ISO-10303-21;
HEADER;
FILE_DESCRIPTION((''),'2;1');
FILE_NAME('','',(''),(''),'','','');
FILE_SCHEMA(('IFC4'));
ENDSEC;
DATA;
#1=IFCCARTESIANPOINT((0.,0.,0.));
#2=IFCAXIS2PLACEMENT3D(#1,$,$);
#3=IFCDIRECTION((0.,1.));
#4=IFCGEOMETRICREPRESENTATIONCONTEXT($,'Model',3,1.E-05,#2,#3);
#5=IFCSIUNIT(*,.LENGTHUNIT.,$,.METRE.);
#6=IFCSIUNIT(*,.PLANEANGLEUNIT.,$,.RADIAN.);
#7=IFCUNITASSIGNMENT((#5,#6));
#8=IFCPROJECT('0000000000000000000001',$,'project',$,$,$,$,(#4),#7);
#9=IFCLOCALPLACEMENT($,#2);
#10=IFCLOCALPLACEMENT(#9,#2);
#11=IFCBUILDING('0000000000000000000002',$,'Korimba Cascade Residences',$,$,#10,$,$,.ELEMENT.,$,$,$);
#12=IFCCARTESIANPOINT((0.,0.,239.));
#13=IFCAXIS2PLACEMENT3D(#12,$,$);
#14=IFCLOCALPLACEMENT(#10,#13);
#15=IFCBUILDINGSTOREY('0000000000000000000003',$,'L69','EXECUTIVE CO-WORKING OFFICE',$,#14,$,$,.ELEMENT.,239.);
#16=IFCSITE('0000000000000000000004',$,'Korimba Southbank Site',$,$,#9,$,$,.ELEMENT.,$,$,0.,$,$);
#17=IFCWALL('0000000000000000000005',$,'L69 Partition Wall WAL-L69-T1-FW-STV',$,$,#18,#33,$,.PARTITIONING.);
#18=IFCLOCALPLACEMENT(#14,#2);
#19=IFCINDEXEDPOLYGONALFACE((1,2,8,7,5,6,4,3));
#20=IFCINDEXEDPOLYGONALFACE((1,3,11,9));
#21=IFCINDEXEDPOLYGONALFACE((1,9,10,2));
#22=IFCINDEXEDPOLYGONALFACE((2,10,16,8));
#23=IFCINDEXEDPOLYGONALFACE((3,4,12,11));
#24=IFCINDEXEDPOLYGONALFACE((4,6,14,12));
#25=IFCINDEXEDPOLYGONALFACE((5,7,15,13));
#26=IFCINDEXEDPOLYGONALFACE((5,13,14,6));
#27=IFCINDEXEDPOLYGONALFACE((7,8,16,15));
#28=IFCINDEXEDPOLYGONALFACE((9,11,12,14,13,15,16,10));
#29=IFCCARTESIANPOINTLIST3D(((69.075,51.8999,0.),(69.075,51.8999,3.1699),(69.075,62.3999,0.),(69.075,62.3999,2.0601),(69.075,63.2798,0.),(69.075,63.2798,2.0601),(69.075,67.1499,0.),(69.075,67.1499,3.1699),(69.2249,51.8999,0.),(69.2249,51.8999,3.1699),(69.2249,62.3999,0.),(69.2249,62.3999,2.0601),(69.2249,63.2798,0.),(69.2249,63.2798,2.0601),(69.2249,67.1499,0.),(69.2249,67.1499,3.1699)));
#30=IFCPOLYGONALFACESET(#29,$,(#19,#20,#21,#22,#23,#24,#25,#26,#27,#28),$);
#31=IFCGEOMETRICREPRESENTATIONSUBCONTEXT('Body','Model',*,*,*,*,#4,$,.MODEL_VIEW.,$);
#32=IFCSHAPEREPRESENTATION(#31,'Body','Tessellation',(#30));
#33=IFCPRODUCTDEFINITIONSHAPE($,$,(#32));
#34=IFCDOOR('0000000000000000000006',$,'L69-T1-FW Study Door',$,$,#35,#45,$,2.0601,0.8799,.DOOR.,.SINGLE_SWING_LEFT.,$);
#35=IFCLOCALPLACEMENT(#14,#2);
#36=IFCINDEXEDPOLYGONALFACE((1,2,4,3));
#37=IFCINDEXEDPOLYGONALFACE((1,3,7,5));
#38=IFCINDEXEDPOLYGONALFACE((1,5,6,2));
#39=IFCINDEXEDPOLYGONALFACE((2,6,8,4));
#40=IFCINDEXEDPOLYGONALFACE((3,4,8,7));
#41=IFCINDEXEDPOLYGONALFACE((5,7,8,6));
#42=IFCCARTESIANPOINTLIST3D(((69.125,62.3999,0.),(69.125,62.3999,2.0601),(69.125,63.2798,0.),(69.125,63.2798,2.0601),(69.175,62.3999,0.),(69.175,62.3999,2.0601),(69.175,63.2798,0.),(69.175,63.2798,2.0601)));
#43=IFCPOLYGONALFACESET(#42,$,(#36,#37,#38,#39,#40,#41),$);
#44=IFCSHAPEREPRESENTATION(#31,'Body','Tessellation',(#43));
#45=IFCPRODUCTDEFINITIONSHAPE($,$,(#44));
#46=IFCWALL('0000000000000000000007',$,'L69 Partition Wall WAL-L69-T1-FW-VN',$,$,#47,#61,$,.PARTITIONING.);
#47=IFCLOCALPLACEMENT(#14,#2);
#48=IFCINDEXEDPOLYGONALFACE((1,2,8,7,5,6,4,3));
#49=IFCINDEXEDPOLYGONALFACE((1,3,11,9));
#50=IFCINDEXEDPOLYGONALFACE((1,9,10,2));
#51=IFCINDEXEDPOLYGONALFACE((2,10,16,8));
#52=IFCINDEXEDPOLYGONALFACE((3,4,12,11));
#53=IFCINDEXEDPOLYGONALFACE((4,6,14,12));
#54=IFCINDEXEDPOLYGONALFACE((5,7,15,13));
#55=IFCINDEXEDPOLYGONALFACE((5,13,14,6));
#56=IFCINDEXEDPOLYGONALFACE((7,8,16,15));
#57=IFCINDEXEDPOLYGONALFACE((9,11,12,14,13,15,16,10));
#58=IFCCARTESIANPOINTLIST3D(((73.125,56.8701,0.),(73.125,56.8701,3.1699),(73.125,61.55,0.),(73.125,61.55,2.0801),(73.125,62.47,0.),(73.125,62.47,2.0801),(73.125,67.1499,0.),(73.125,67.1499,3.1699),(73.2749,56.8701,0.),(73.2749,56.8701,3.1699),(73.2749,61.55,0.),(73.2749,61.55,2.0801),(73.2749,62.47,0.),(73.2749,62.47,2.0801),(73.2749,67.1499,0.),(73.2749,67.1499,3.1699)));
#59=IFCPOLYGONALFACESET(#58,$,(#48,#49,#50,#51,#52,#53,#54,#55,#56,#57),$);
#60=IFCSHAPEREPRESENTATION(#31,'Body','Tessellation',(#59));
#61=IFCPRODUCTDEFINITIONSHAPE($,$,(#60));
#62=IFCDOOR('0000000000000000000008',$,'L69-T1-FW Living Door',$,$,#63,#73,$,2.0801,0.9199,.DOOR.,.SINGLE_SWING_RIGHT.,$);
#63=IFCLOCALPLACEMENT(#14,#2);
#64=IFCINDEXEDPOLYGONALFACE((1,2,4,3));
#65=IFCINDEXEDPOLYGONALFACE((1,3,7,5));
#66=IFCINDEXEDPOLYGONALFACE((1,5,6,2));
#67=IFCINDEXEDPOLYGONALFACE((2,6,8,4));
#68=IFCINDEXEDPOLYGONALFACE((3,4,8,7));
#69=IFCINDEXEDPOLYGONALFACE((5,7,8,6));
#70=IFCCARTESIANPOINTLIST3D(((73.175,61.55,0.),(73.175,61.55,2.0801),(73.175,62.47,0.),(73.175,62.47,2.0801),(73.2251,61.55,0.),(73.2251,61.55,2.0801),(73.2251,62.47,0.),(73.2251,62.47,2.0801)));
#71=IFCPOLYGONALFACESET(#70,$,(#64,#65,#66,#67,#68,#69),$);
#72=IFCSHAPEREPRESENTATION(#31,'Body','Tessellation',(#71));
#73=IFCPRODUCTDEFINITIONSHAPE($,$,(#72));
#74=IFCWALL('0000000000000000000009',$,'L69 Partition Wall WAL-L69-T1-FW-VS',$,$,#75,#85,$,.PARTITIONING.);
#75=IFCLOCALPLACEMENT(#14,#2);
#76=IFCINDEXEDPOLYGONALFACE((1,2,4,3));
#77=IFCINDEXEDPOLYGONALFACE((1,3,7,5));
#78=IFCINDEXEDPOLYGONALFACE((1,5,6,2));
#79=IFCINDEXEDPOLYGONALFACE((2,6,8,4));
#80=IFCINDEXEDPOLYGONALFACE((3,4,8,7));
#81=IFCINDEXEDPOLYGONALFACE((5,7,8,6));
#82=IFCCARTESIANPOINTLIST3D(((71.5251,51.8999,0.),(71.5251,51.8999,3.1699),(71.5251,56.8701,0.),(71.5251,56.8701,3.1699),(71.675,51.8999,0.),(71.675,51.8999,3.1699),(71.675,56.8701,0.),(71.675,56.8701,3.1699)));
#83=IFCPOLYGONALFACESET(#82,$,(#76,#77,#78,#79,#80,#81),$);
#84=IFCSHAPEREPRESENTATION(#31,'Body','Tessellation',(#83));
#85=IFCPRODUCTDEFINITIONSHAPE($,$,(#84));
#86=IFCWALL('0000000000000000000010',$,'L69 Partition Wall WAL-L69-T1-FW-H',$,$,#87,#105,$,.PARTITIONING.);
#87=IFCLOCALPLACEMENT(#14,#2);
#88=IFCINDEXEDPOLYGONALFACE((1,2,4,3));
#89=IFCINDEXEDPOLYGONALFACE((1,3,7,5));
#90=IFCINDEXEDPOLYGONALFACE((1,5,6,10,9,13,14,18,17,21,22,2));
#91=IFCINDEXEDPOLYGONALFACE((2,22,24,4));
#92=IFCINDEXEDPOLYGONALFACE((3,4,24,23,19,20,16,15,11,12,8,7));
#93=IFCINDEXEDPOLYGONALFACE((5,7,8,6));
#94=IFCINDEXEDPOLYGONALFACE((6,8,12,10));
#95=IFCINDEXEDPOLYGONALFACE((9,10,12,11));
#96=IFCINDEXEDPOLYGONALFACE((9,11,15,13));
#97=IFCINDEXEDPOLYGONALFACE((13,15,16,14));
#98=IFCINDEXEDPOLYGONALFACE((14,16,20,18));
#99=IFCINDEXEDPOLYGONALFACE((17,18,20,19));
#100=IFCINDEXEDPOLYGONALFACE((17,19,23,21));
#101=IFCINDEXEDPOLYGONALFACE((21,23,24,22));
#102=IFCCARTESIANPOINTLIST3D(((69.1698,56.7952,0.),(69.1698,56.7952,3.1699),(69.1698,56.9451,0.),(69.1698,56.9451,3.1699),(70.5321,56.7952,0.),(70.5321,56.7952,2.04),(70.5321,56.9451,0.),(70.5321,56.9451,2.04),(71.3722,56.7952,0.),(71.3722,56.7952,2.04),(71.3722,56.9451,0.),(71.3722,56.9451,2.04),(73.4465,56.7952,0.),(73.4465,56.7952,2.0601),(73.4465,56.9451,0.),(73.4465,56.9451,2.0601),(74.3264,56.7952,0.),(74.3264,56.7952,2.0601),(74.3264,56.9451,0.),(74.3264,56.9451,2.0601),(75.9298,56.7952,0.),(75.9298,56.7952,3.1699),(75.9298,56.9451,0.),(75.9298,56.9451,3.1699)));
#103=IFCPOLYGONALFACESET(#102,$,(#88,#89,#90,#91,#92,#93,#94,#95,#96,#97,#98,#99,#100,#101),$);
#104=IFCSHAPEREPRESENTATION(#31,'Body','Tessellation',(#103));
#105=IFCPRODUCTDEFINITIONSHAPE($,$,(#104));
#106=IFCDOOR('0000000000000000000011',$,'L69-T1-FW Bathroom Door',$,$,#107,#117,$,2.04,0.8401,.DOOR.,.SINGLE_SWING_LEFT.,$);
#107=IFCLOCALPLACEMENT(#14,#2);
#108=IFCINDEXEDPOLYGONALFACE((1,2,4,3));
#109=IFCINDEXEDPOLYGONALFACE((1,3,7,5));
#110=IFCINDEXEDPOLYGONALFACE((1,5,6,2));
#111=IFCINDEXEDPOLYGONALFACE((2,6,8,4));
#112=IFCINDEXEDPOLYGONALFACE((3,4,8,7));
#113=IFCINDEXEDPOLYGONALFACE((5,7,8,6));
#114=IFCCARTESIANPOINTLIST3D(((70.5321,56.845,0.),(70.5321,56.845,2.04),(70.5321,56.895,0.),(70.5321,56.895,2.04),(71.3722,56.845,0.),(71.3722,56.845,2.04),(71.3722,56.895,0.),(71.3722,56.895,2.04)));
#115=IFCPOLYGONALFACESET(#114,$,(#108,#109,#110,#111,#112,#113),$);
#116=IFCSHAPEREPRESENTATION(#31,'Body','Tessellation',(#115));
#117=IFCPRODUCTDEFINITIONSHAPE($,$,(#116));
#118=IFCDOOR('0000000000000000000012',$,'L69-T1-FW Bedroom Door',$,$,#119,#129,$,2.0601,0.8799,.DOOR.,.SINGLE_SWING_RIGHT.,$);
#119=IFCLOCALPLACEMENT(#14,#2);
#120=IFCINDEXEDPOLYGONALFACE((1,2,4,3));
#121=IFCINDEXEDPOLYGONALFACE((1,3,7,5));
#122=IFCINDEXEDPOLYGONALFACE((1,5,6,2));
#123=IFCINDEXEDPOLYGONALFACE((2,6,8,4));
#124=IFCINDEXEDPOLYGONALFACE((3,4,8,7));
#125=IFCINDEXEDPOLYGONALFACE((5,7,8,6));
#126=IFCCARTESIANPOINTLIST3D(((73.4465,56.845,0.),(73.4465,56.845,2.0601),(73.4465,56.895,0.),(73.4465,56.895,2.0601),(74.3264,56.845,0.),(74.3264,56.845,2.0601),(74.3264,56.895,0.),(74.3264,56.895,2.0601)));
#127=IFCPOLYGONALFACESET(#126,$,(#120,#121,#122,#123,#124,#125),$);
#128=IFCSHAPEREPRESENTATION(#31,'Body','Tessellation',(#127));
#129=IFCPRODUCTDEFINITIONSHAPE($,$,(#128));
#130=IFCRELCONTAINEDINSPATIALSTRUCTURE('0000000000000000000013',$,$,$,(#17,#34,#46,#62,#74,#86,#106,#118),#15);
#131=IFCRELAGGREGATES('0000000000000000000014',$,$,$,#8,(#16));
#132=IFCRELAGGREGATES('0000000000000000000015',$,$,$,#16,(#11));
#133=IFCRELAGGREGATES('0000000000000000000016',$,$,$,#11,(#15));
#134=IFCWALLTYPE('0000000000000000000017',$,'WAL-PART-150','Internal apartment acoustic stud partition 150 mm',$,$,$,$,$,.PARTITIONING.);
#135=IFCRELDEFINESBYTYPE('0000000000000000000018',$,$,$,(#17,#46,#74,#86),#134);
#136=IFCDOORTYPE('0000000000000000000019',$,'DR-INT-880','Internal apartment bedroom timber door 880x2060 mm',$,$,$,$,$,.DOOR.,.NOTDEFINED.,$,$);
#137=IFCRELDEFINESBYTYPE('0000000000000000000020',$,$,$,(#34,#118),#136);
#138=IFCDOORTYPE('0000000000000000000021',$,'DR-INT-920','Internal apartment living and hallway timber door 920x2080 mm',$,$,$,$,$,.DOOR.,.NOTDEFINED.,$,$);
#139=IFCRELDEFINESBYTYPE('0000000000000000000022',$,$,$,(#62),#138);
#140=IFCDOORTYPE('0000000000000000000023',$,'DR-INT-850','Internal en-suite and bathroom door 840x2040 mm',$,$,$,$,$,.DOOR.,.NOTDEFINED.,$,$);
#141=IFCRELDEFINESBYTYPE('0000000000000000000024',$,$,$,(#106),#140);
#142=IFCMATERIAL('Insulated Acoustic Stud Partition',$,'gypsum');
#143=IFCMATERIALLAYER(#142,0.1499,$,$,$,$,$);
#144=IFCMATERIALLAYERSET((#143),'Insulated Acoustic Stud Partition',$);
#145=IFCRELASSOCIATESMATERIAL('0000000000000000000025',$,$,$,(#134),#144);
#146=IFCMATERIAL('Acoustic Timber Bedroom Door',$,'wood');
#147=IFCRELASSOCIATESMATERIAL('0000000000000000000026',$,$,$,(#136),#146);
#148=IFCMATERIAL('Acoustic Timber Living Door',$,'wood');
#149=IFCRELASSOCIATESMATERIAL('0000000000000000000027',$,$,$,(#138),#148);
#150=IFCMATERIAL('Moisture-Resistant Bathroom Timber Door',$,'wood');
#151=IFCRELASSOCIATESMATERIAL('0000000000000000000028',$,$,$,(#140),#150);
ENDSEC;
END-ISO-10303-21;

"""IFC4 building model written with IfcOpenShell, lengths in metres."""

from ifc_helpers import new_model, si_unit, direction, frame, frame_2d, origin, place, context, subcontext, project, spatial, rectangle, extrude, material, layer, layer_set, type_object, element, fill, save


model = new_model("IFC4")

# Units and contexts
model_context = context("Model", 3, precision=1e-05, world=origin(), true_north=direction((0.0, 1.0)))
body_context = subcontext(model_context, "Body", "Model", "MODEL_VIEW")
ifc_project = project(units=[si_unit("LENGTHUNIT", "METRE"), si_unit("PLANEANGLEUNIT", "RADIAN")], contexts=[model_context])

# Site, building, storey
site_placement = place(None, origin())
site = spatial("IfcSite", under=ifc_project, at=site_placement, Name="Korimba Southbank Site", CompositionType="ELEMENT", RefElevation=0.0)
building_placement = place(site_placement, origin())
building = spatial("IfcBuilding", under=site, at=building_placement, Name="Korimba Cascade Residences", CompositionType="ELEMENT")
storey_placement = place(building_placement, frame((0.0, 0.0, 239.0)))
storey = spatial("IfcBuildingStorey", under=building, at=storey_placement, Name="L69", Description="EXECUTIVE CO-WORKING OFFICE", CompositionType="ELEMENT", Elevation=239.0)

# Walls, openings, doors
ifc_material_1 = material(Name="Insulated Acoustic Stud Partition", Category="gypsum")
ifc_layer_1 = layer(ifc_material_1, 0.1499)
ifc_layer_set_1 = layer_set([ifc_layer_1], Name="Insulated Acoustic Stud Partition")
wall_type_1 = type_object("IfcWallType", Name="WAL-PART-150", Description="Internal apartment acoustic stud partition 150 mm", PredefinedType="PARTITIONING", material=ifc_layer_set_1)
wall_1_placement = place(storey_placement, frame((69.1499, 51.8999, 0.0), z_axis=(0.0, 0.0, 1.0), x_axis=(0.0, 1.0, 0.0)))
wall_1 = element("IfcWall", 1, at=wall_1_placement, inside=storey, type_object=wall_type_1, Name="L69 Partition Wall WAL-L69-T1-FW-STV", PredefinedType="PARTITIONING", context=body_context, shape_type="SweptSolid", body=[
    extrude(rectangle(XDim=15.25, YDim=0.1499, at=frame_2d((7.625, 0.0))), origin(), (0.0, 0.0, 1.0), 3.1699),
])
opening_1_placement = place(wall_1_placement, frame((10.5, 0.0, 0.0)))
opening_1 = element("IfcOpeningElement", 2, at=opening_1_placement, cuts=wall_1, PredefinedType="OPENING", context=body_context, shape_type="SweptSolid", body=[
    extrude(rectangle(XDim=0.8799, YDim=2.0601, at=frame_2d((0.4399, 1.03))), frame((0.0, 0.085, 0.0), z_axis=(0.0, -1.0, 0.0), x_axis=(1.0, 0.0, 0.0)), (0.0, 0.0, 1.0), 0.1699),
])
ifc_material_2 = material(Name="Acoustic Timber Bedroom Door", Category="wood")
door_type_1 = type_object("IfcDoorType", Name="DR-INT-880", Description="Internal apartment bedroom timber door 880x2060 mm", OperationType="NOTDEFINED", PredefinedType="DOOR", material=ifc_material_2)
door_1_placement = place(opening_1_placement, origin())
door_1 = element("IfcDoor", 3, at=door_1_placement, inside=storey, type_object=door_type_1, Name="L69-T1-FW Study Door", OperationType="SINGLE_SWING_LEFT", OverallHeight=2.0601, OverallWidth=0.8799, PredefinedType="DOOR", context=body_context, shape_type="SweptSolid", body=[
    extrude(rectangle(XDim=0.8799, YDim=2.0601, at=frame_2d((0.4399, 1.03))), frame((0.0, 0.0249, 0.0), z_axis=(0.0, -1.0, 0.0), x_axis=(1.0, 0.0, 0.0)), (0.0, 0.0, 1.0), 0.05),
])
fill(opening_1, door_1)
wall_2_placement = place(storey_placement, frame((73.2, 56.8701, 0.0), z_axis=(0.0, 0.0, 1.0), x_axis=(0.0, 1.0, 0.0)))
wall_2 = element("IfcWall", 4, at=wall_2_placement, inside=storey, type_object=wall_type_1, Name="L69 Partition Wall WAL-L69-T1-FW-VN", PredefinedType="PARTITIONING", context=body_context, shape_type="SweptSolid", body=[
    extrude(rectangle(XDim=10.2798, YDim=0.1499, at=frame_2d((5.1399, 0.0))), origin(), (0.0, 0.0, 1.0), 3.1699),
])
opening_2_placement = place(wall_2_placement, frame((4.6799, 0.0, 0.0)))
opening_2 = element("IfcOpeningElement", 5, at=opening_2_placement, cuts=wall_2, PredefinedType="OPENING", context=body_context, shape_type="SweptSolid", body=[
    extrude(rectangle(XDim=0.9199, YDim=2.0801, at=frame_2d((0.46, 1.04))), frame((0.0, 0.085, 0.0), z_axis=(0.0, -1.0, 0.0), x_axis=(1.0, 0.0, 0.0)), (0.0, 0.0, 1.0), 0.1699),
])
ifc_material_3 = material(Name="Acoustic Timber Living Door", Category="wood")
door_type_2 = type_object("IfcDoorType", Name="DR-INT-920", Description="Internal apartment living and hallway timber door 920x2080 mm", OperationType="NOTDEFINED", PredefinedType="DOOR", material=ifc_material_3)
door_2_placement = place(opening_2_placement, origin())
door_2 = element("IfcDoor", 6, at=door_2_placement, inside=storey, type_object=door_type_2, Name="L69-T1-FW Living Door", OperationType="SINGLE_SWING_RIGHT", OverallHeight=2.0801, OverallWidth=0.9199, PredefinedType="DOOR", context=body_context, shape_type="SweptSolid", body=[
    extrude(rectangle(XDim=0.9199, YDim=2.0801, at=frame_2d((0.46, 1.04))), frame((0.0, 0.0249, 0.0), z_axis=(0.0, -1.0, 0.0), x_axis=(1.0, 0.0, 0.0)), (0.0, 0.0, 1.0), 0.05),
])
fill(opening_2, door_2)

# Wall
wall_3_placement = place(storey_placement, frame((71.6001, 51.8999, 0.0), z_axis=(0.0, 0.0, 1.0), x_axis=(0.0, 1.0, 0.0)))
element("IfcWall", 7, at=wall_3_placement, inside=storey, type_object=wall_type_1, Name="L69 Partition Wall WAL-L69-T1-FW-VS", PredefinedType="PARTITIONING", context=body_context, shape_type="SweptSolid", body=[
    extrude(rectangle(XDim=4.9702, YDim=0.1499, at=frame_2d((2.4851, 0.0))), origin(), (0.0, 0.0, 1.0), 3.1699),
])

# Wall, openings, doors
wall_4_placement = place(storey_placement, frame((69.1699, 56.8701, 0.0), z_axis=(0.0, 0.0, 1.0), x_axis=(1.0, 0.0, 0.0)))
wall_4 = element("IfcWall", 8, at=wall_4_placement, inside=storey, type_object=wall_type_1, Name="L69 Partition Wall WAL-L69-T1-FW-H", PredefinedType="PARTITIONING", context=body_context, shape_type="SweptSolid", body=[
    extrude(rectangle(XDim=6.76, YDim=0.1499, at=frame_2d((3.3799, 0.0))), origin(), (0.0, 0.0, 1.0), 3.1699),
])
opening_3_placement = place(wall_4_placement, frame((1.3623, 0.0, 0.0)))
opening_3 = element("IfcOpeningElement", 9, at=opening_3_placement, cuts=wall_4, PredefinedType="OPENING", context=body_context, shape_type="SweptSolid", body=[
    extrude(rectangle(XDim=0.8401, YDim=2.04, at=frame_2d((0.4199, 1.02))), frame((0.0, 0.085, 0.0), z_axis=(0.0, -1.0, 0.0), x_axis=(1.0, 0.0, 0.0)), (0.0, 0.0, 1.0), 0.1699),
])
opening_4_placement = place(wall_4_placement, frame((4.2766, 0.0, 0.0)))
opening_4 = element("IfcOpeningElement", 10, at=opening_4_placement, cuts=wall_4, PredefinedType="OPENING", context=body_context, shape_type="SweptSolid", body=[
    extrude(rectangle(XDim=0.8799, YDim=2.0601, at=frame_2d((0.4399, 1.03))), frame((0.0, 0.085, 0.0), z_axis=(0.0, -1.0, 0.0), x_axis=(1.0, 0.0, 0.0)), (0.0, 0.0, 1.0), 0.1699),
])
ifc_material_4 = material(Name="Moisture-Resistant Bathroom Timber Door", Category="wood")
door_type_3 = type_object("IfcDoorType", Name="DR-INT-850", Description="Internal en-suite and bathroom door 840x2040 mm", OperationType="NOTDEFINED", PredefinedType="DOOR", material=ifc_material_4)
door_3_placement = place(opening_3_placement, origin())
door_3 = element("IfcDoor", 11, at=door_3_placement, inside=storey, type_object=door_type_3, Name="L69-T1-FW Bathroom Door", OperationType="SINGLE_SWING_LEFT", OverallHeight=2.04, OverallWidth=0.8401, PredefinedType="DOOR", context=body_context, shape_type="SweptSolid", body=[
    extrude(rectangle(XDim=0.8401, YDim=2.04, at=frame_2d((0.4199, 1.02))), frame((0.0, 0.0249, 0.0), z_axis=(0.0, -1.0, 0.0), x_axis=(1.0, 0.0, 0.0)), (0.0, 0.0, 1.0), 0.05),
])
fill(opening_3, door_3)
door_4_placement = place(opening_4_placement, origin())
door_4 = element("IfcDoor", 12, at=door_4_placement, inside=storey, type_object=door_type_1, Name="L69-T1-FW Bedroom Door", OperationType="SINGLE_SWING_RIGHT", OverallHeight=2.0601, OverallWidth=0.8799, PredefinedType="DOOR", context=body_context, shape_type="SweptSolid", body=[
    extrude(rectangle(XDim=0.8799, YDim=2.0601, at=frame_2d((0.4399, 1.03))), frame((0.0, 0.0249, 0.0), z_axis=(0.0, -1.0, 0.0), x_axis=(1.0, 0.0, 0.0)), (0.0, 0.0, 1.0), 0.05),
])
fill(opening_4, door_4)

save(model, "model.ifc")
